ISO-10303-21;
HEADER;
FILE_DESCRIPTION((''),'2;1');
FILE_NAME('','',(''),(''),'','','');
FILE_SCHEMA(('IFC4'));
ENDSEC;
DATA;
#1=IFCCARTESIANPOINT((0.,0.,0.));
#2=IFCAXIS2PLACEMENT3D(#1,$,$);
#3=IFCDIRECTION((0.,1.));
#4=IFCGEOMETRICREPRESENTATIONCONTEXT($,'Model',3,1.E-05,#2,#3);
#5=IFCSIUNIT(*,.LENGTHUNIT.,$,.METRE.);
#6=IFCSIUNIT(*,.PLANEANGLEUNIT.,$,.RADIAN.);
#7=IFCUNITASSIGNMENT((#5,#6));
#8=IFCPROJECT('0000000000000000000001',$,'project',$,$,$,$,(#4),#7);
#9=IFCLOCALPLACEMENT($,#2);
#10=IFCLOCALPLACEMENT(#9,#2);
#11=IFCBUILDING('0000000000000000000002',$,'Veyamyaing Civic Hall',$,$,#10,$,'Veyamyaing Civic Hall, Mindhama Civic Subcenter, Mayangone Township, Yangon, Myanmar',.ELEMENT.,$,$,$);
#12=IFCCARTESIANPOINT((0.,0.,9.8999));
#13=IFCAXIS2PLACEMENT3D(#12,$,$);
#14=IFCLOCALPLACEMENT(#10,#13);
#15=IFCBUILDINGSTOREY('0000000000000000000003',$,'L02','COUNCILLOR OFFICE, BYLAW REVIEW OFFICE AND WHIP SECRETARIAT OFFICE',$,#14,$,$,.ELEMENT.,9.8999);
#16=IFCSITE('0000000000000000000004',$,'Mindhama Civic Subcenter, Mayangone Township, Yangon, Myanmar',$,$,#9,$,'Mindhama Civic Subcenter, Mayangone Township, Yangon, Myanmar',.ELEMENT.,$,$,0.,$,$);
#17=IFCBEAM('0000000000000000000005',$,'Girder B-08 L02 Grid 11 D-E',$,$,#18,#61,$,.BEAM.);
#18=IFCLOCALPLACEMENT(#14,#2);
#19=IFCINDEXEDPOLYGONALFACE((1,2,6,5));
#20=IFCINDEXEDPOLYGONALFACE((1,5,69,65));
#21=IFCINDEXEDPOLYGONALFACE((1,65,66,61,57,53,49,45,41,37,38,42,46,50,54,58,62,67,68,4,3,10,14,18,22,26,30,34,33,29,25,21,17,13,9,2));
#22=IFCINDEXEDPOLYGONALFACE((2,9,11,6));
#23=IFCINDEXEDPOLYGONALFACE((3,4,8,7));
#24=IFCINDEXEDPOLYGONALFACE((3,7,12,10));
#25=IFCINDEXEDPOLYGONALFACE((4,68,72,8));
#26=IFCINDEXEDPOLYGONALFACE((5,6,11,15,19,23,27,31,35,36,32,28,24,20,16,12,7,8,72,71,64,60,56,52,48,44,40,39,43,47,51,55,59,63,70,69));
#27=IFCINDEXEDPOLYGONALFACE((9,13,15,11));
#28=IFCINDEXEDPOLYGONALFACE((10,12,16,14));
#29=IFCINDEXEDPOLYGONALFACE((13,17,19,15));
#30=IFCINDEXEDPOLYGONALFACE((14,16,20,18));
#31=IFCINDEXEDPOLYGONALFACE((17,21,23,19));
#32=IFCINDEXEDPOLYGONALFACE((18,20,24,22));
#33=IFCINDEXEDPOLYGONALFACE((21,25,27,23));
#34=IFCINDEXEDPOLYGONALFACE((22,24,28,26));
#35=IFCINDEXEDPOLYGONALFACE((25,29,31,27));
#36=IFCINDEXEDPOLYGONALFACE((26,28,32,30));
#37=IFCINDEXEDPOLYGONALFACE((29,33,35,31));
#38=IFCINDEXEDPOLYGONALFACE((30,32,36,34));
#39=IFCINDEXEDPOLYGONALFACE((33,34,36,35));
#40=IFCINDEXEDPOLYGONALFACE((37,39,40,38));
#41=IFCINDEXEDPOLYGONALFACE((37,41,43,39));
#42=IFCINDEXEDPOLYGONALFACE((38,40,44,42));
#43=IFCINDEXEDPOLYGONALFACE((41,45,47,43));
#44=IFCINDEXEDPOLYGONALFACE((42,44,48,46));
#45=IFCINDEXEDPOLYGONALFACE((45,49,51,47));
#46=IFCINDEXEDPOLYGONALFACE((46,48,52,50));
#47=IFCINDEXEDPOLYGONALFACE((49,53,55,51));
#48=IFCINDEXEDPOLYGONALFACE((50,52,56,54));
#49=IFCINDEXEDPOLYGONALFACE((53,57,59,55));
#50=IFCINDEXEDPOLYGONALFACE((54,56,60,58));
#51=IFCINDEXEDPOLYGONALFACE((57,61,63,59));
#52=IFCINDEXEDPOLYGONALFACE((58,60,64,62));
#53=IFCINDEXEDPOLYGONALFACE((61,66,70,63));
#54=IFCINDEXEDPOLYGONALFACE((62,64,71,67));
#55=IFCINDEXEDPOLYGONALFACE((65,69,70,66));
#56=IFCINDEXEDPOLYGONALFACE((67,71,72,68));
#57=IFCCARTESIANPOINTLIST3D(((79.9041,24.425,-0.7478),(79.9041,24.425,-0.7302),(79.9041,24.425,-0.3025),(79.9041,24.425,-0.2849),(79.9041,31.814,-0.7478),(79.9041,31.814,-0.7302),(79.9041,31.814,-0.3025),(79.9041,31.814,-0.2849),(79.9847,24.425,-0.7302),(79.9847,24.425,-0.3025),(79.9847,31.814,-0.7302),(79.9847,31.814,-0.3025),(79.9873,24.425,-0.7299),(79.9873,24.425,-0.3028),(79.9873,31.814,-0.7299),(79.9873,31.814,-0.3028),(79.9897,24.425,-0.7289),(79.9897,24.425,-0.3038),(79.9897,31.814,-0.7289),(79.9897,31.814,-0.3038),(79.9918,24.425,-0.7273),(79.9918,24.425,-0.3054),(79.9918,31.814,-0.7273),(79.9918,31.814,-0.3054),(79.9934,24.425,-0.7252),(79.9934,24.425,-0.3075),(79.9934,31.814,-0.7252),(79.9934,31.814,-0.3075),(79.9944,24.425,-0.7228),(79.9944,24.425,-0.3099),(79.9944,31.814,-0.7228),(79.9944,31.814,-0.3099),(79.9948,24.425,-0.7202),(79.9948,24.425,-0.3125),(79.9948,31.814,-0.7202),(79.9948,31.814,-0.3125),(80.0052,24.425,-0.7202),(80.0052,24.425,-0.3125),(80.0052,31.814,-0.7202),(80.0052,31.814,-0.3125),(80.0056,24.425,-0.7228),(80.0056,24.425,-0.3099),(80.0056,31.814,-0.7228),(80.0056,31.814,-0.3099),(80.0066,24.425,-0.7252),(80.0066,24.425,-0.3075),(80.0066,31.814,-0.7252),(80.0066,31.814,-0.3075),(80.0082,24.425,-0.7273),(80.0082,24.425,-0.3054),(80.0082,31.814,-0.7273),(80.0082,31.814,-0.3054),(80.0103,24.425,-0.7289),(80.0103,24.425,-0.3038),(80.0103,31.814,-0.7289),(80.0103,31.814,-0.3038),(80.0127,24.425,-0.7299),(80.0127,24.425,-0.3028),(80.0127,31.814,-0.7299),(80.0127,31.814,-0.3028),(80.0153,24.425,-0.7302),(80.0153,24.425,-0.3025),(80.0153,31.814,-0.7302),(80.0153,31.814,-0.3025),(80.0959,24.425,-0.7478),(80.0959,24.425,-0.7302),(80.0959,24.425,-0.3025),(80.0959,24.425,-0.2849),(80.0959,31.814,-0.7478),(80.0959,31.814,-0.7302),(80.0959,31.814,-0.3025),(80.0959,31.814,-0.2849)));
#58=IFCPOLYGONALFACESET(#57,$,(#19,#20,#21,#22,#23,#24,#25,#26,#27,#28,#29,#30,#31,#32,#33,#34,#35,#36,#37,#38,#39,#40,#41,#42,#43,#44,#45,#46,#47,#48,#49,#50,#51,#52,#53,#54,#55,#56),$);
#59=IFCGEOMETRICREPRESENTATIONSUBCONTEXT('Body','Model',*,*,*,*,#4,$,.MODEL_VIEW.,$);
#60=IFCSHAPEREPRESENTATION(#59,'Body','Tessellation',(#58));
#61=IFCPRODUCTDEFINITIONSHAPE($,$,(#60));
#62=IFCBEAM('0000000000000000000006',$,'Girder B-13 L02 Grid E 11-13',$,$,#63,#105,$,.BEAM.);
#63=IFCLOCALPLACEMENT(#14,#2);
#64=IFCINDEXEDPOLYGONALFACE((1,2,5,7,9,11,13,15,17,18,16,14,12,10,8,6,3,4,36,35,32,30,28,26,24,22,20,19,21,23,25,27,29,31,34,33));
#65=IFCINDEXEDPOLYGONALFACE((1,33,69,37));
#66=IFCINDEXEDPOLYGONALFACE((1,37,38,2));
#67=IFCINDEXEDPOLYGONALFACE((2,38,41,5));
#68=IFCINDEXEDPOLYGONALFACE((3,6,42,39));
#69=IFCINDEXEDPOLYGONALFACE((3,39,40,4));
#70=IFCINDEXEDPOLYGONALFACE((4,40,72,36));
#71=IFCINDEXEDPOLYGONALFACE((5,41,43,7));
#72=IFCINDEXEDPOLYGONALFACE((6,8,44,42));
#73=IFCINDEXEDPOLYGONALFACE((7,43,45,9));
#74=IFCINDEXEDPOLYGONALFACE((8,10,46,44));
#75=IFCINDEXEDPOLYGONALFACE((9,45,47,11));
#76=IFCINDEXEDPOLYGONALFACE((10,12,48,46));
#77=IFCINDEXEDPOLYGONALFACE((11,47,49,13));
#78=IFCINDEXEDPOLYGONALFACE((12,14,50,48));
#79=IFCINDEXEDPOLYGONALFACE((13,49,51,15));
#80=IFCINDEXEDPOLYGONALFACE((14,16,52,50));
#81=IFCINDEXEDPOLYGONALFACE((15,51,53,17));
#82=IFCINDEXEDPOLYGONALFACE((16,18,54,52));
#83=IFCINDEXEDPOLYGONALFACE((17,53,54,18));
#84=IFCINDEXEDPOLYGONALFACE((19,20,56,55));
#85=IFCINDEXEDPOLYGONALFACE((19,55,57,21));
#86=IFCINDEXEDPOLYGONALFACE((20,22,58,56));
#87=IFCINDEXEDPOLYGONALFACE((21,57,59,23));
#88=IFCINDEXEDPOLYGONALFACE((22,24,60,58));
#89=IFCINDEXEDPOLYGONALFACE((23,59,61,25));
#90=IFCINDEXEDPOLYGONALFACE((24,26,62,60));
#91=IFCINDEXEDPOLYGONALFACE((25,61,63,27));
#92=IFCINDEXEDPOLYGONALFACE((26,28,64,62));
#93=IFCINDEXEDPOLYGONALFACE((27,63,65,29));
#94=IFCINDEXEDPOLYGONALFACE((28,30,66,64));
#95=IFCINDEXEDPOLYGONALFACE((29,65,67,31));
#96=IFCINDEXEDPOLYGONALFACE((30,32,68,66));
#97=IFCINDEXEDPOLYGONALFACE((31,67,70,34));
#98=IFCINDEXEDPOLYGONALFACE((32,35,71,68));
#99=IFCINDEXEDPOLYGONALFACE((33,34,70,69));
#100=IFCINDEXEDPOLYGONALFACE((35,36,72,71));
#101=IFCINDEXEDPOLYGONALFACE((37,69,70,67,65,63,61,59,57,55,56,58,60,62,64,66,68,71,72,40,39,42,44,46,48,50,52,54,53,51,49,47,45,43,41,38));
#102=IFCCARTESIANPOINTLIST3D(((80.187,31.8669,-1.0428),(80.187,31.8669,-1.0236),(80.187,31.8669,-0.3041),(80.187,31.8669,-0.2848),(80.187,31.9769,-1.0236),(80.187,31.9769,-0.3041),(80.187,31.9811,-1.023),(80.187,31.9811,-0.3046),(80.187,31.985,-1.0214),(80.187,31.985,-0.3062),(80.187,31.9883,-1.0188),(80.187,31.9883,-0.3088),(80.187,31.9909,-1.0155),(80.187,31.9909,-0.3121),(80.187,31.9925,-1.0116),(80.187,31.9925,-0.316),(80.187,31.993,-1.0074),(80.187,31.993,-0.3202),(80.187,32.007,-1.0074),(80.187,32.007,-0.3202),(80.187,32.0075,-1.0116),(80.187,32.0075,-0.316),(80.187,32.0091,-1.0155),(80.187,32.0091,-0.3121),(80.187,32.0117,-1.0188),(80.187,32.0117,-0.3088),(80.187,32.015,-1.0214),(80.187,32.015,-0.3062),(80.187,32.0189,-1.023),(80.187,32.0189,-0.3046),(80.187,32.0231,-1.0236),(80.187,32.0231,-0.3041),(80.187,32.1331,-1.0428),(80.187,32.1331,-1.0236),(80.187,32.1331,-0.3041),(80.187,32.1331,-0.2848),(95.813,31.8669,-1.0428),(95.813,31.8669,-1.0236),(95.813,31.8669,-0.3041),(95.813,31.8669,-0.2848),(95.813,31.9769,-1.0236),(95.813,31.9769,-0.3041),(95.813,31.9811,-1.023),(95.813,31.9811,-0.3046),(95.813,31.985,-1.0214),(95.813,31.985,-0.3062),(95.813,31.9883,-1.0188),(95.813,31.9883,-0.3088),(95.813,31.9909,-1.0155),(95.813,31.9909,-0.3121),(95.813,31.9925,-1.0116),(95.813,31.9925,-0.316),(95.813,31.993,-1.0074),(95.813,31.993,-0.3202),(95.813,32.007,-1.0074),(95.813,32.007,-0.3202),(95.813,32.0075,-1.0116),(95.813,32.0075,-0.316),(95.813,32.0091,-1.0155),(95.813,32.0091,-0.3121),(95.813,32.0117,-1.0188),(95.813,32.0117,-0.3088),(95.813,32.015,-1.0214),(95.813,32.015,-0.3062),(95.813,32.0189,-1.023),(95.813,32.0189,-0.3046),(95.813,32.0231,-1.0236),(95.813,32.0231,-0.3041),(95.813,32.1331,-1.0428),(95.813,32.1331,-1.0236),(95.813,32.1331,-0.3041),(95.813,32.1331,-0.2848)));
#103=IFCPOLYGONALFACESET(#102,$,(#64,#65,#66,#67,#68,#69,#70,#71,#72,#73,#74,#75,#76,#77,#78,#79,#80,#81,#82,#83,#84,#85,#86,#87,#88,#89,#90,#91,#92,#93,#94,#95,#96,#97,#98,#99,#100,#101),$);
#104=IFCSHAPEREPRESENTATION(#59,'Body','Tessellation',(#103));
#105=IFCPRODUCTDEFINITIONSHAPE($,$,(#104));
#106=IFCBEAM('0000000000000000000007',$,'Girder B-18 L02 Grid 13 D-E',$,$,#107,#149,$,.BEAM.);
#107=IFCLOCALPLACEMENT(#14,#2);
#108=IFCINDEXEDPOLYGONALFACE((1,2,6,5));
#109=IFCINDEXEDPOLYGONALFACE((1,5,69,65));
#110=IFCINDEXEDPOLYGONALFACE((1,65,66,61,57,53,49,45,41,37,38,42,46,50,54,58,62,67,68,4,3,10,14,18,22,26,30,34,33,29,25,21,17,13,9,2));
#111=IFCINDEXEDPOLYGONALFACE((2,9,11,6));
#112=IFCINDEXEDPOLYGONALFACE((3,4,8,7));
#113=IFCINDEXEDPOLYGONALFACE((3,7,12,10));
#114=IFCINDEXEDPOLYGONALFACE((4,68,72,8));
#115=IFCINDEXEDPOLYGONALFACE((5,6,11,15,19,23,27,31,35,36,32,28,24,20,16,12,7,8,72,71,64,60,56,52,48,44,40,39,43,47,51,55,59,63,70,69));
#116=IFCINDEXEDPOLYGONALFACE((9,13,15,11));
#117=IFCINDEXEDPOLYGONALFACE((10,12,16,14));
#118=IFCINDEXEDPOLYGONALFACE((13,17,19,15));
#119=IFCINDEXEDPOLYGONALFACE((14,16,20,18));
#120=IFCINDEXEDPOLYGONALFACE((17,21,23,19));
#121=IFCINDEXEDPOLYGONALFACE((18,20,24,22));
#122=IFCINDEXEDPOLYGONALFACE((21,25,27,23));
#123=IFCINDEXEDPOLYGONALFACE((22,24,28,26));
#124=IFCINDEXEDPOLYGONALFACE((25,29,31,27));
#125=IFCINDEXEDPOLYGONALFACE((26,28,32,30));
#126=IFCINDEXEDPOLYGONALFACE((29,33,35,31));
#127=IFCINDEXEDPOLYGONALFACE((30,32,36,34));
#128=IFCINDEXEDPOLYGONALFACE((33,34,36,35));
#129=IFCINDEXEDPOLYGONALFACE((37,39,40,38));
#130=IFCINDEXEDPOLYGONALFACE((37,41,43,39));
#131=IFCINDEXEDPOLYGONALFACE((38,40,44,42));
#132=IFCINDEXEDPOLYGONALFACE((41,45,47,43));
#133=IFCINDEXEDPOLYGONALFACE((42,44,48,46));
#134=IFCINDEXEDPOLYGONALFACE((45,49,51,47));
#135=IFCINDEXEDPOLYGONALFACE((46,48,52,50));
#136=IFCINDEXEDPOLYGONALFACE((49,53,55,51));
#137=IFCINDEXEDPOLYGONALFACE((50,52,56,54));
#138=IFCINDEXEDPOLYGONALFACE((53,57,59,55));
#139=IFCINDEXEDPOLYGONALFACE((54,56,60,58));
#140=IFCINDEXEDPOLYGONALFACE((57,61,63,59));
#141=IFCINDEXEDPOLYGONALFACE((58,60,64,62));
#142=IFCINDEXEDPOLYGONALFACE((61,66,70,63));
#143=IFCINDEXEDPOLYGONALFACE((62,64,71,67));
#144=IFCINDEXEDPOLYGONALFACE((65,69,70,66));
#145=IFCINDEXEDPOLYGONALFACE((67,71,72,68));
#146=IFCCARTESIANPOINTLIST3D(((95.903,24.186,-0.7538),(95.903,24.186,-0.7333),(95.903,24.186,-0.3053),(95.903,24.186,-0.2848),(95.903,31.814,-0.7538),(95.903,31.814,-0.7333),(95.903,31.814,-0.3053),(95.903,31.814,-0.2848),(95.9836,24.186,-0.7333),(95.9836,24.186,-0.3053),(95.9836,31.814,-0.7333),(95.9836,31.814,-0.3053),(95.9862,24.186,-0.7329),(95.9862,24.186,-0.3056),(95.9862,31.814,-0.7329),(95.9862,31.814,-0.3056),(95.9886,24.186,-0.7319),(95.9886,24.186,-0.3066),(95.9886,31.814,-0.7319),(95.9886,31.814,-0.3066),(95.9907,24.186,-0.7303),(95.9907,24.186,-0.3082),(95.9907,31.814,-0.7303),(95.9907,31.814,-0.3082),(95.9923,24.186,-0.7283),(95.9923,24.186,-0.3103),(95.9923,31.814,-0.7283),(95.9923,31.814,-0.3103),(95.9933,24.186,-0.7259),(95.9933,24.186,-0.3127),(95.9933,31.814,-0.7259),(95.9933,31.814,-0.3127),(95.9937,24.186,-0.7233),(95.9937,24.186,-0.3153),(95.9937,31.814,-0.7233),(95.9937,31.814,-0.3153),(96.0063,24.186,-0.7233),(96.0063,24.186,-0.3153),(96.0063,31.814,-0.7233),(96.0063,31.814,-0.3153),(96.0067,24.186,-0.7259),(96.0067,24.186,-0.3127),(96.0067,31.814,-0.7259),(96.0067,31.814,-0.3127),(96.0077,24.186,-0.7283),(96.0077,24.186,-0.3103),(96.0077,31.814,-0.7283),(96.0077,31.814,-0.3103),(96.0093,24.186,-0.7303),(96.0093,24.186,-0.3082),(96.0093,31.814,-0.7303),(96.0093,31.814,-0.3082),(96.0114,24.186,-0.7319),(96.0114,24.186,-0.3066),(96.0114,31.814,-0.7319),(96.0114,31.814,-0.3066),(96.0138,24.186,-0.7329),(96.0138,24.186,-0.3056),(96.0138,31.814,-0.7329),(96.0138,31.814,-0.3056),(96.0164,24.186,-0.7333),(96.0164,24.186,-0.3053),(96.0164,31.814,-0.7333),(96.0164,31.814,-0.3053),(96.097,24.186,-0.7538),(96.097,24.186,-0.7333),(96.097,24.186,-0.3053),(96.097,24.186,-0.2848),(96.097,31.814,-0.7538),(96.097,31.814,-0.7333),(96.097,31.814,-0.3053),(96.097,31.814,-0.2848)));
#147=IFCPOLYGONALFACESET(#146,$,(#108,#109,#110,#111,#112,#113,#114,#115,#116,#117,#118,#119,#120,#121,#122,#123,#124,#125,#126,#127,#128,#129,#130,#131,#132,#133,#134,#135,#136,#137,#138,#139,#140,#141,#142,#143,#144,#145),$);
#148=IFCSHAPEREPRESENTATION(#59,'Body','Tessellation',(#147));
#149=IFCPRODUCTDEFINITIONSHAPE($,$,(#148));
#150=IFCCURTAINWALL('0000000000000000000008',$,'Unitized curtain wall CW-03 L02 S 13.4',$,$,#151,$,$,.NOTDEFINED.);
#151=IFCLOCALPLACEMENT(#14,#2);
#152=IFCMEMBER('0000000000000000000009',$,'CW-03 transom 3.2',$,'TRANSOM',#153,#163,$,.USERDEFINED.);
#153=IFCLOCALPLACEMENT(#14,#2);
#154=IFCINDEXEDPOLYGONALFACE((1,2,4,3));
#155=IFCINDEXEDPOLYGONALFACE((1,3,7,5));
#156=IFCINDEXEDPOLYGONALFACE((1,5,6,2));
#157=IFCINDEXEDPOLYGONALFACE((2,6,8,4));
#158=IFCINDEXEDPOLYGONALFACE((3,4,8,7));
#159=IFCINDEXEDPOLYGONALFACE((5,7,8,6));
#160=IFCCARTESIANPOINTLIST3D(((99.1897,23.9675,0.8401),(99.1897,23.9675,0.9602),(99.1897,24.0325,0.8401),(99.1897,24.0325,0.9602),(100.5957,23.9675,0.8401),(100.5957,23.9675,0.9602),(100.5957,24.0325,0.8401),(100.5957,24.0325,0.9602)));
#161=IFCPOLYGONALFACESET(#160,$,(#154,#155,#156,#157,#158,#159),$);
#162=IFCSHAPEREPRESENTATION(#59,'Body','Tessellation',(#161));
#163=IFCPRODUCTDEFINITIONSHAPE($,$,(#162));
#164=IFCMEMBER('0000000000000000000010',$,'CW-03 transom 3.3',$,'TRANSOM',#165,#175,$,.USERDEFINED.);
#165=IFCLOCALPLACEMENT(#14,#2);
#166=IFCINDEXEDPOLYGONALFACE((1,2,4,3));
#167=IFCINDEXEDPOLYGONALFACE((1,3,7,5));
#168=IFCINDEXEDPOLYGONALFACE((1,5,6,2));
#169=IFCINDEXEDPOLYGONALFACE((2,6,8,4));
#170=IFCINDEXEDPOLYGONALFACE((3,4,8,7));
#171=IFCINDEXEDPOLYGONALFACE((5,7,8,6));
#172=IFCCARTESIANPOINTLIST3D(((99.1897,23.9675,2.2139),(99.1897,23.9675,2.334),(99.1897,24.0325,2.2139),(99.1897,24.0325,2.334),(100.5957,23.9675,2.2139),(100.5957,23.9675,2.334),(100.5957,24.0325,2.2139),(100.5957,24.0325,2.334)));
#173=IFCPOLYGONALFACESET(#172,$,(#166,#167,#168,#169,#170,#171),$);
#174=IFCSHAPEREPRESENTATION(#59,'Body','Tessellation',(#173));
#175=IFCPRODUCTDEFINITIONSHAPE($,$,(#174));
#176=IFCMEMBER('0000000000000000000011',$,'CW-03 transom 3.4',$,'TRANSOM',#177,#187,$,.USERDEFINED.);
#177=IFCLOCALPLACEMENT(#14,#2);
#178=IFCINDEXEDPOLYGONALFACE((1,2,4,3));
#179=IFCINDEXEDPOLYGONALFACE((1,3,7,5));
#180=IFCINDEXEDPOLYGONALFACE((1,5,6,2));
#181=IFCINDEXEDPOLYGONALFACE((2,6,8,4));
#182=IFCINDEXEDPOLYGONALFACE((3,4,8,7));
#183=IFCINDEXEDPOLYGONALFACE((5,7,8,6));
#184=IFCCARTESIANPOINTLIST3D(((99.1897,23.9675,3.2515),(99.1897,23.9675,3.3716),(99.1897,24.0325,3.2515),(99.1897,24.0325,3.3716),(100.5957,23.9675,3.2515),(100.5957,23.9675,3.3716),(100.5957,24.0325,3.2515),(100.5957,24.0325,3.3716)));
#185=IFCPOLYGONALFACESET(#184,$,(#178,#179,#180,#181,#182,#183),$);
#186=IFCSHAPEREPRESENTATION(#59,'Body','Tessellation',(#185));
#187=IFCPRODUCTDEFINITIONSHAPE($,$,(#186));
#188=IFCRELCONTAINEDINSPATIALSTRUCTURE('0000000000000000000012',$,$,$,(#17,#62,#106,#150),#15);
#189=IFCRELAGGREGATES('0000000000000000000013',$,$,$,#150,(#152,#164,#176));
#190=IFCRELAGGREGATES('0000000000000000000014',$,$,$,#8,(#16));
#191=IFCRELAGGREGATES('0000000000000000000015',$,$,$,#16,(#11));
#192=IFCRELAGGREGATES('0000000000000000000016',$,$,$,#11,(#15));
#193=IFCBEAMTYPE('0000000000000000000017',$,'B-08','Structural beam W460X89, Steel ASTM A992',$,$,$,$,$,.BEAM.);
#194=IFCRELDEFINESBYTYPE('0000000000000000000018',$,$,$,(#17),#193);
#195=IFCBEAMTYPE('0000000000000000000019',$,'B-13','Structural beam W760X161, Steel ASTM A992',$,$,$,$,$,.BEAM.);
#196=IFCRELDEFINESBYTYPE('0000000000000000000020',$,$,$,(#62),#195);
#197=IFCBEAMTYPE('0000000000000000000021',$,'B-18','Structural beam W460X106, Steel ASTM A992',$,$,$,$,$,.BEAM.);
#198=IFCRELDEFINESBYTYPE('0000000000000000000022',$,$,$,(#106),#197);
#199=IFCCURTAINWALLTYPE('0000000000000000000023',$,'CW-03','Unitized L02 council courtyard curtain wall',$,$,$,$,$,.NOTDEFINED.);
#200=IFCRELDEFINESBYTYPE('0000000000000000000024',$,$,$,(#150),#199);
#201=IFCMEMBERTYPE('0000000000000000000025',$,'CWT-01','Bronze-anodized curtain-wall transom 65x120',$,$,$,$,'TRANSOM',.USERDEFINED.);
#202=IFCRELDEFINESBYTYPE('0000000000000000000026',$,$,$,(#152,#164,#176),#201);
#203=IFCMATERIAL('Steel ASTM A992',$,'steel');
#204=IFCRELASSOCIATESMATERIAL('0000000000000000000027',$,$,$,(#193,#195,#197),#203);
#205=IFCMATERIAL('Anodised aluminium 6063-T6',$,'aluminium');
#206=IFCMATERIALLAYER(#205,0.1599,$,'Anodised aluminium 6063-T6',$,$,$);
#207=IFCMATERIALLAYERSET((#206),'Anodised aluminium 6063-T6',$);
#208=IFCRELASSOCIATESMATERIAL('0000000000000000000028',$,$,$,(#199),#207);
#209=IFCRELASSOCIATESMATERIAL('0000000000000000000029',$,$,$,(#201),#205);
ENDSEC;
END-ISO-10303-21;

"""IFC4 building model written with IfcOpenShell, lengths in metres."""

from ifc_helpers import new_model, si_unit, direction, frame, origin, origin_2d, place, context, subcontext, project, spatial, rectangle, i_section, extrude, material, layer, layer_set, material_profile, profile_set, type_object, element, aggregate, save


model = new_model("IFC4")

# Units and contexts
model_context = context("Model", 3, precision=1e-05, world=origin(), true_north=direction((0.0, 1.0)))
body_context = subcontext(model_context, "Body", "Model", "MODEL_VIEW")
ifc_project = project(units=[si_unit("LENGTHUNIT", "METRE"), si_unit("PLANEANGLEUNIT", "RADIAN")], contexts=[model_context])

# Site, building, storey
site_placement = place(None, origin())
site = spatial("IfcSite", under=ifc_project, at=site_placement, Name="Mindhama Civic Subcenter, Mayangone Township, Yangon, Myanmar", LongName="Mindhama Civic Subcenter, Mayangone Township, Yangon, Myanmar", CompositionType="ELEMENT", RefElevation=0.0)
building_placement = place(site_placement, origin())
building = spatial("IfcBuilding", under=site, at=building_placement, Name="Veyamyaing Civic Hall", LongName="Veyamyaing Civic Hall, Mindhama Civic Subcenter, Mayangone Township, Yangon, Myanmar", CompositionType="ELEMENT")
storey_placement = place(building_placement, frame((0.0, 0.0, 9.8999)))
storey = spatial("IfcBuildingStorey", under=building, at=storey_placement, Name="L02", Description="COUNCILLOR OFFICE, BYLAW REVIEW OFFICE AND WHIP SECRETARIAT OFFICE", CompositionType="ELEMENT", Elevation=9.8999)

# Beams
ifc_material_1 = material(Name="Steel ASTM A992", Category="steel")
ifc_material_profile_1 = material_profile(ifc_material_1, i_section(OverallWidth=0.1919, OverallDepth=0.4629, WebThickness=0.0105, FlangeThickness=0.0176, FilletRadius=0.01, at=origin_2d()), Name="W460X89")
ifc_profile_set_1 = profile_set([ifc_material_profile_1], Name="Steel ASTM A992")
beam_type_1 = type_object("IfcBeamType", Name="B-08", Description="Structural beam W460X89, Steel ASTM A992", PredefinedType="BEAM", material=ifc_profile_set_1)
beam_1_placement = place(storey_placement, frame((80.0, 24.425, -0.5164), z_axis=(0.0, 1.0, 0.0), x_axis=(-1.0, 0.0, 0.0)))
element("IfcBeam", 1, at=beam_1_placement, inside=storey, type_object=beam_type_1, Name="Girder B-08 L02 Grid 11 D-E", PredefinedType="BEAM", context=body_context, shape_type="SweptSolid", body=[
    extrude(i_section(OverallWidth=0.1919, OverallDepth=0.4629, WebThickness=0.0105, FlangeThickness=0.0176, FilletRadius=0.01, at=origin_2d()), origin(), (0.0, 0.0, 1.0), 7.3889),
])
ifc_material_profile_2 = material_profile(ifc_material_1, i_section(OverallWidth=0.2661, OverallDepth=0.7581, WebThickness=0.0139, FlangeThickness=0.0193, FilletRadius=0.0161, at=origin_2d()), Name="W760X161")
ifc_profile_set_2 = profile_set([ifc_material_profile_2], Name="Steel ASTM A992")
beam_type_2 = type_object("IfcBeamType", Name="B-13", Description="Structural beam W760X161, Steel ASTM A992", PredefinedType="BEAM", material=ifc_profile_set_2)
beam_2_placement = place(storey_placement, frame((80.187, 32.0, -0.6638), z_axis=(1.0, 0.0, 0.0), x_axis=(0.0, 1.0, 0.0)))
element("IfcBeam", 2, at=beam_2_placement, inside=storey, type_object=beam_type_2, Name="Girder B-13 L02 Grid E 11-13", PredefinedType="BEAM", context=body_context, shape_type="SweptSolid", body=[
    extrude(i_section(OverallWidth=0.2661, OverallDepth=0.7581, WebThickness=0.0139, FlangeThickness=0.0193, FilletRadius=0.0161, at=origin_2d()), origin(), (0.0, 0.0, 1.0), 15.626),
])
ifc_material_profile_3 = material_profile(ifc_material_1, i_section(OverallWidth=0.1941, OverallDepth=0.469, WebThickness=0.0127, FlangeThickness=0.0205, FilletRadius=0.01, at=origin_2d()), Name="W460X106")
ifc_profile_set_3 = profile_set([ifc_material_profile_3], Name="Steel ASTM A992")
beam_type_3 = type_object("IfcBeamType", Name="B-18", Description="Structural beam W460X106, Steel ASTM A992", PredefinedType="BEAM", material=ifc_profile_set_3)
beam_3_placement = place(storey_placement, frame((96.0, 24.186, -0.5193), z_axis=(0.0, 1.0, 0.0), x_axis=(-1.0, 0.0, 0.0)))
element("IfcBeam", 3, at=beam_3_placement, inside=storey, type_object=beam_type_3, Name="Girder B-18 L02 Grid 13 D-E", PredefinedType="BEAM", context=body_context, shape_type="SweptSolid", body=[
    extrude(i_section(OverallWidth=0.1941, OverallDepth=0.469, WebThickness=0.0127, FlangeThickness=0.0205, FilletRadius=0.01, at=origin_2d()), origin(), (0.0, 0.0, 1.0), 7.6279),
])

# Curtain wall, members
ifc_material_2 = material(Name="Anodised aluminium 6063-T6", Category="aluminium")
ifc_layer_1 = layer(ifc_material_2, 0.1599, Name="Anodised aluminium 6063-T6")
ifc_layer_set_1 = layer_set([ifc_layer_1], Name="Anodised aluminium 6063-T6")
curtain_wall_type = type_object("IfcCurtainWallType", Name="CW-03", Description="Unitized L02 council courtyard curtain wall", PredefinedType="NOTDEFINED", material=ifc_layer_set_1)
curtain_wall_placement = place(storey_placement, origin())
curtain_wall = element("IfcCurtainWall", 4, at=curtain_wall_placement, inside=storey, type_object=curtain_wall_type, Name="Unitized curtain wall CW-03 L02 S 13.4", PredefinedType="NOTDEFINED")
ifc_material_profile_4 = material_profile(ifc_material_2, rectangle(XDim=0.0649, YDim=0.1201, at=origin_2d()), Name="ALU-TRN-65X120")
ifc_profile_set_4 = profile_set([ifc_material_profile_4], Name="Anodised aluminium 6063-T6")
member_type = type_object("IfcMemberType", Name="CWT-01", Description="Bronze-anodized curtain-wall transom 65x120", ElementType="TRANSOM", PredefinedType="USERDEFINED", material=ifc_profile_set_4)
member_1_placement = place(storey_placement, frame((99.1897, 24.0, 0.9001), z_axis=(1.0, 0.0, 0.0), x_axis=(0.0, 1.0, 0.0)))
member_1 = element("IfcMember", 5, at=member_1_placement, type_object=member_type, Name="CW-03 transom 3.2", ObjectType="TRANSOM", PredefinedType="USERDEFINED", context=body_context, shape_type="SweptSolid", body=[
    extrude(rectangle(XDim=0.0649, YDim=0.1201, at=origin_2d()), origin(), (0.0, 0.0, 1.0), 1.406),
])
member_2_placement = place(storey_placement, frame((99.1897, 24.0, 2.2739), z_axis=(1.0, 0.0, 0.0), x_axis=(0.0, 1.0, 0.0)))
member_2 = element("IfcMember", 6, at=member_2_placement, type_object=member_type, Name="CW-03 transom 3.3", ObjectType="TRANSOM", PredefinedType="USERDEFINED", context=body_context, shape_type="SweptSolid", body=[
    extrude(rectangle(XDim=0.0649, YDim=0.1201, at=origin_2d()), origin(), (0.0, 0.0, 1.0), 1.406),
])
member_3_placement = place(storey_placement, frame((99.1897, 24.0, 3.3115), z_axis=(1.0, 0.0, 0.0), x_axis=(0.0, 1.0, 0.0)))
member_3 = element("IfcMember", 7, at=member_3_placement, type_object=member_type, Name="CW-03 transom 3.4", ObjectType="TRANSOM", PredefinedType="USERDEFINED", context=body_context, shape_type="SweptSolid", body=[
    extrude(rectangle(XDim=0.0649, YDim=0.1201, at=origin_2d()), origin(), (0.0, 0.0, 1.0), 1.406),
])

aggregate(curtain_wall, [member_1, member_2, member_3])

save(model, "model.ifc")
